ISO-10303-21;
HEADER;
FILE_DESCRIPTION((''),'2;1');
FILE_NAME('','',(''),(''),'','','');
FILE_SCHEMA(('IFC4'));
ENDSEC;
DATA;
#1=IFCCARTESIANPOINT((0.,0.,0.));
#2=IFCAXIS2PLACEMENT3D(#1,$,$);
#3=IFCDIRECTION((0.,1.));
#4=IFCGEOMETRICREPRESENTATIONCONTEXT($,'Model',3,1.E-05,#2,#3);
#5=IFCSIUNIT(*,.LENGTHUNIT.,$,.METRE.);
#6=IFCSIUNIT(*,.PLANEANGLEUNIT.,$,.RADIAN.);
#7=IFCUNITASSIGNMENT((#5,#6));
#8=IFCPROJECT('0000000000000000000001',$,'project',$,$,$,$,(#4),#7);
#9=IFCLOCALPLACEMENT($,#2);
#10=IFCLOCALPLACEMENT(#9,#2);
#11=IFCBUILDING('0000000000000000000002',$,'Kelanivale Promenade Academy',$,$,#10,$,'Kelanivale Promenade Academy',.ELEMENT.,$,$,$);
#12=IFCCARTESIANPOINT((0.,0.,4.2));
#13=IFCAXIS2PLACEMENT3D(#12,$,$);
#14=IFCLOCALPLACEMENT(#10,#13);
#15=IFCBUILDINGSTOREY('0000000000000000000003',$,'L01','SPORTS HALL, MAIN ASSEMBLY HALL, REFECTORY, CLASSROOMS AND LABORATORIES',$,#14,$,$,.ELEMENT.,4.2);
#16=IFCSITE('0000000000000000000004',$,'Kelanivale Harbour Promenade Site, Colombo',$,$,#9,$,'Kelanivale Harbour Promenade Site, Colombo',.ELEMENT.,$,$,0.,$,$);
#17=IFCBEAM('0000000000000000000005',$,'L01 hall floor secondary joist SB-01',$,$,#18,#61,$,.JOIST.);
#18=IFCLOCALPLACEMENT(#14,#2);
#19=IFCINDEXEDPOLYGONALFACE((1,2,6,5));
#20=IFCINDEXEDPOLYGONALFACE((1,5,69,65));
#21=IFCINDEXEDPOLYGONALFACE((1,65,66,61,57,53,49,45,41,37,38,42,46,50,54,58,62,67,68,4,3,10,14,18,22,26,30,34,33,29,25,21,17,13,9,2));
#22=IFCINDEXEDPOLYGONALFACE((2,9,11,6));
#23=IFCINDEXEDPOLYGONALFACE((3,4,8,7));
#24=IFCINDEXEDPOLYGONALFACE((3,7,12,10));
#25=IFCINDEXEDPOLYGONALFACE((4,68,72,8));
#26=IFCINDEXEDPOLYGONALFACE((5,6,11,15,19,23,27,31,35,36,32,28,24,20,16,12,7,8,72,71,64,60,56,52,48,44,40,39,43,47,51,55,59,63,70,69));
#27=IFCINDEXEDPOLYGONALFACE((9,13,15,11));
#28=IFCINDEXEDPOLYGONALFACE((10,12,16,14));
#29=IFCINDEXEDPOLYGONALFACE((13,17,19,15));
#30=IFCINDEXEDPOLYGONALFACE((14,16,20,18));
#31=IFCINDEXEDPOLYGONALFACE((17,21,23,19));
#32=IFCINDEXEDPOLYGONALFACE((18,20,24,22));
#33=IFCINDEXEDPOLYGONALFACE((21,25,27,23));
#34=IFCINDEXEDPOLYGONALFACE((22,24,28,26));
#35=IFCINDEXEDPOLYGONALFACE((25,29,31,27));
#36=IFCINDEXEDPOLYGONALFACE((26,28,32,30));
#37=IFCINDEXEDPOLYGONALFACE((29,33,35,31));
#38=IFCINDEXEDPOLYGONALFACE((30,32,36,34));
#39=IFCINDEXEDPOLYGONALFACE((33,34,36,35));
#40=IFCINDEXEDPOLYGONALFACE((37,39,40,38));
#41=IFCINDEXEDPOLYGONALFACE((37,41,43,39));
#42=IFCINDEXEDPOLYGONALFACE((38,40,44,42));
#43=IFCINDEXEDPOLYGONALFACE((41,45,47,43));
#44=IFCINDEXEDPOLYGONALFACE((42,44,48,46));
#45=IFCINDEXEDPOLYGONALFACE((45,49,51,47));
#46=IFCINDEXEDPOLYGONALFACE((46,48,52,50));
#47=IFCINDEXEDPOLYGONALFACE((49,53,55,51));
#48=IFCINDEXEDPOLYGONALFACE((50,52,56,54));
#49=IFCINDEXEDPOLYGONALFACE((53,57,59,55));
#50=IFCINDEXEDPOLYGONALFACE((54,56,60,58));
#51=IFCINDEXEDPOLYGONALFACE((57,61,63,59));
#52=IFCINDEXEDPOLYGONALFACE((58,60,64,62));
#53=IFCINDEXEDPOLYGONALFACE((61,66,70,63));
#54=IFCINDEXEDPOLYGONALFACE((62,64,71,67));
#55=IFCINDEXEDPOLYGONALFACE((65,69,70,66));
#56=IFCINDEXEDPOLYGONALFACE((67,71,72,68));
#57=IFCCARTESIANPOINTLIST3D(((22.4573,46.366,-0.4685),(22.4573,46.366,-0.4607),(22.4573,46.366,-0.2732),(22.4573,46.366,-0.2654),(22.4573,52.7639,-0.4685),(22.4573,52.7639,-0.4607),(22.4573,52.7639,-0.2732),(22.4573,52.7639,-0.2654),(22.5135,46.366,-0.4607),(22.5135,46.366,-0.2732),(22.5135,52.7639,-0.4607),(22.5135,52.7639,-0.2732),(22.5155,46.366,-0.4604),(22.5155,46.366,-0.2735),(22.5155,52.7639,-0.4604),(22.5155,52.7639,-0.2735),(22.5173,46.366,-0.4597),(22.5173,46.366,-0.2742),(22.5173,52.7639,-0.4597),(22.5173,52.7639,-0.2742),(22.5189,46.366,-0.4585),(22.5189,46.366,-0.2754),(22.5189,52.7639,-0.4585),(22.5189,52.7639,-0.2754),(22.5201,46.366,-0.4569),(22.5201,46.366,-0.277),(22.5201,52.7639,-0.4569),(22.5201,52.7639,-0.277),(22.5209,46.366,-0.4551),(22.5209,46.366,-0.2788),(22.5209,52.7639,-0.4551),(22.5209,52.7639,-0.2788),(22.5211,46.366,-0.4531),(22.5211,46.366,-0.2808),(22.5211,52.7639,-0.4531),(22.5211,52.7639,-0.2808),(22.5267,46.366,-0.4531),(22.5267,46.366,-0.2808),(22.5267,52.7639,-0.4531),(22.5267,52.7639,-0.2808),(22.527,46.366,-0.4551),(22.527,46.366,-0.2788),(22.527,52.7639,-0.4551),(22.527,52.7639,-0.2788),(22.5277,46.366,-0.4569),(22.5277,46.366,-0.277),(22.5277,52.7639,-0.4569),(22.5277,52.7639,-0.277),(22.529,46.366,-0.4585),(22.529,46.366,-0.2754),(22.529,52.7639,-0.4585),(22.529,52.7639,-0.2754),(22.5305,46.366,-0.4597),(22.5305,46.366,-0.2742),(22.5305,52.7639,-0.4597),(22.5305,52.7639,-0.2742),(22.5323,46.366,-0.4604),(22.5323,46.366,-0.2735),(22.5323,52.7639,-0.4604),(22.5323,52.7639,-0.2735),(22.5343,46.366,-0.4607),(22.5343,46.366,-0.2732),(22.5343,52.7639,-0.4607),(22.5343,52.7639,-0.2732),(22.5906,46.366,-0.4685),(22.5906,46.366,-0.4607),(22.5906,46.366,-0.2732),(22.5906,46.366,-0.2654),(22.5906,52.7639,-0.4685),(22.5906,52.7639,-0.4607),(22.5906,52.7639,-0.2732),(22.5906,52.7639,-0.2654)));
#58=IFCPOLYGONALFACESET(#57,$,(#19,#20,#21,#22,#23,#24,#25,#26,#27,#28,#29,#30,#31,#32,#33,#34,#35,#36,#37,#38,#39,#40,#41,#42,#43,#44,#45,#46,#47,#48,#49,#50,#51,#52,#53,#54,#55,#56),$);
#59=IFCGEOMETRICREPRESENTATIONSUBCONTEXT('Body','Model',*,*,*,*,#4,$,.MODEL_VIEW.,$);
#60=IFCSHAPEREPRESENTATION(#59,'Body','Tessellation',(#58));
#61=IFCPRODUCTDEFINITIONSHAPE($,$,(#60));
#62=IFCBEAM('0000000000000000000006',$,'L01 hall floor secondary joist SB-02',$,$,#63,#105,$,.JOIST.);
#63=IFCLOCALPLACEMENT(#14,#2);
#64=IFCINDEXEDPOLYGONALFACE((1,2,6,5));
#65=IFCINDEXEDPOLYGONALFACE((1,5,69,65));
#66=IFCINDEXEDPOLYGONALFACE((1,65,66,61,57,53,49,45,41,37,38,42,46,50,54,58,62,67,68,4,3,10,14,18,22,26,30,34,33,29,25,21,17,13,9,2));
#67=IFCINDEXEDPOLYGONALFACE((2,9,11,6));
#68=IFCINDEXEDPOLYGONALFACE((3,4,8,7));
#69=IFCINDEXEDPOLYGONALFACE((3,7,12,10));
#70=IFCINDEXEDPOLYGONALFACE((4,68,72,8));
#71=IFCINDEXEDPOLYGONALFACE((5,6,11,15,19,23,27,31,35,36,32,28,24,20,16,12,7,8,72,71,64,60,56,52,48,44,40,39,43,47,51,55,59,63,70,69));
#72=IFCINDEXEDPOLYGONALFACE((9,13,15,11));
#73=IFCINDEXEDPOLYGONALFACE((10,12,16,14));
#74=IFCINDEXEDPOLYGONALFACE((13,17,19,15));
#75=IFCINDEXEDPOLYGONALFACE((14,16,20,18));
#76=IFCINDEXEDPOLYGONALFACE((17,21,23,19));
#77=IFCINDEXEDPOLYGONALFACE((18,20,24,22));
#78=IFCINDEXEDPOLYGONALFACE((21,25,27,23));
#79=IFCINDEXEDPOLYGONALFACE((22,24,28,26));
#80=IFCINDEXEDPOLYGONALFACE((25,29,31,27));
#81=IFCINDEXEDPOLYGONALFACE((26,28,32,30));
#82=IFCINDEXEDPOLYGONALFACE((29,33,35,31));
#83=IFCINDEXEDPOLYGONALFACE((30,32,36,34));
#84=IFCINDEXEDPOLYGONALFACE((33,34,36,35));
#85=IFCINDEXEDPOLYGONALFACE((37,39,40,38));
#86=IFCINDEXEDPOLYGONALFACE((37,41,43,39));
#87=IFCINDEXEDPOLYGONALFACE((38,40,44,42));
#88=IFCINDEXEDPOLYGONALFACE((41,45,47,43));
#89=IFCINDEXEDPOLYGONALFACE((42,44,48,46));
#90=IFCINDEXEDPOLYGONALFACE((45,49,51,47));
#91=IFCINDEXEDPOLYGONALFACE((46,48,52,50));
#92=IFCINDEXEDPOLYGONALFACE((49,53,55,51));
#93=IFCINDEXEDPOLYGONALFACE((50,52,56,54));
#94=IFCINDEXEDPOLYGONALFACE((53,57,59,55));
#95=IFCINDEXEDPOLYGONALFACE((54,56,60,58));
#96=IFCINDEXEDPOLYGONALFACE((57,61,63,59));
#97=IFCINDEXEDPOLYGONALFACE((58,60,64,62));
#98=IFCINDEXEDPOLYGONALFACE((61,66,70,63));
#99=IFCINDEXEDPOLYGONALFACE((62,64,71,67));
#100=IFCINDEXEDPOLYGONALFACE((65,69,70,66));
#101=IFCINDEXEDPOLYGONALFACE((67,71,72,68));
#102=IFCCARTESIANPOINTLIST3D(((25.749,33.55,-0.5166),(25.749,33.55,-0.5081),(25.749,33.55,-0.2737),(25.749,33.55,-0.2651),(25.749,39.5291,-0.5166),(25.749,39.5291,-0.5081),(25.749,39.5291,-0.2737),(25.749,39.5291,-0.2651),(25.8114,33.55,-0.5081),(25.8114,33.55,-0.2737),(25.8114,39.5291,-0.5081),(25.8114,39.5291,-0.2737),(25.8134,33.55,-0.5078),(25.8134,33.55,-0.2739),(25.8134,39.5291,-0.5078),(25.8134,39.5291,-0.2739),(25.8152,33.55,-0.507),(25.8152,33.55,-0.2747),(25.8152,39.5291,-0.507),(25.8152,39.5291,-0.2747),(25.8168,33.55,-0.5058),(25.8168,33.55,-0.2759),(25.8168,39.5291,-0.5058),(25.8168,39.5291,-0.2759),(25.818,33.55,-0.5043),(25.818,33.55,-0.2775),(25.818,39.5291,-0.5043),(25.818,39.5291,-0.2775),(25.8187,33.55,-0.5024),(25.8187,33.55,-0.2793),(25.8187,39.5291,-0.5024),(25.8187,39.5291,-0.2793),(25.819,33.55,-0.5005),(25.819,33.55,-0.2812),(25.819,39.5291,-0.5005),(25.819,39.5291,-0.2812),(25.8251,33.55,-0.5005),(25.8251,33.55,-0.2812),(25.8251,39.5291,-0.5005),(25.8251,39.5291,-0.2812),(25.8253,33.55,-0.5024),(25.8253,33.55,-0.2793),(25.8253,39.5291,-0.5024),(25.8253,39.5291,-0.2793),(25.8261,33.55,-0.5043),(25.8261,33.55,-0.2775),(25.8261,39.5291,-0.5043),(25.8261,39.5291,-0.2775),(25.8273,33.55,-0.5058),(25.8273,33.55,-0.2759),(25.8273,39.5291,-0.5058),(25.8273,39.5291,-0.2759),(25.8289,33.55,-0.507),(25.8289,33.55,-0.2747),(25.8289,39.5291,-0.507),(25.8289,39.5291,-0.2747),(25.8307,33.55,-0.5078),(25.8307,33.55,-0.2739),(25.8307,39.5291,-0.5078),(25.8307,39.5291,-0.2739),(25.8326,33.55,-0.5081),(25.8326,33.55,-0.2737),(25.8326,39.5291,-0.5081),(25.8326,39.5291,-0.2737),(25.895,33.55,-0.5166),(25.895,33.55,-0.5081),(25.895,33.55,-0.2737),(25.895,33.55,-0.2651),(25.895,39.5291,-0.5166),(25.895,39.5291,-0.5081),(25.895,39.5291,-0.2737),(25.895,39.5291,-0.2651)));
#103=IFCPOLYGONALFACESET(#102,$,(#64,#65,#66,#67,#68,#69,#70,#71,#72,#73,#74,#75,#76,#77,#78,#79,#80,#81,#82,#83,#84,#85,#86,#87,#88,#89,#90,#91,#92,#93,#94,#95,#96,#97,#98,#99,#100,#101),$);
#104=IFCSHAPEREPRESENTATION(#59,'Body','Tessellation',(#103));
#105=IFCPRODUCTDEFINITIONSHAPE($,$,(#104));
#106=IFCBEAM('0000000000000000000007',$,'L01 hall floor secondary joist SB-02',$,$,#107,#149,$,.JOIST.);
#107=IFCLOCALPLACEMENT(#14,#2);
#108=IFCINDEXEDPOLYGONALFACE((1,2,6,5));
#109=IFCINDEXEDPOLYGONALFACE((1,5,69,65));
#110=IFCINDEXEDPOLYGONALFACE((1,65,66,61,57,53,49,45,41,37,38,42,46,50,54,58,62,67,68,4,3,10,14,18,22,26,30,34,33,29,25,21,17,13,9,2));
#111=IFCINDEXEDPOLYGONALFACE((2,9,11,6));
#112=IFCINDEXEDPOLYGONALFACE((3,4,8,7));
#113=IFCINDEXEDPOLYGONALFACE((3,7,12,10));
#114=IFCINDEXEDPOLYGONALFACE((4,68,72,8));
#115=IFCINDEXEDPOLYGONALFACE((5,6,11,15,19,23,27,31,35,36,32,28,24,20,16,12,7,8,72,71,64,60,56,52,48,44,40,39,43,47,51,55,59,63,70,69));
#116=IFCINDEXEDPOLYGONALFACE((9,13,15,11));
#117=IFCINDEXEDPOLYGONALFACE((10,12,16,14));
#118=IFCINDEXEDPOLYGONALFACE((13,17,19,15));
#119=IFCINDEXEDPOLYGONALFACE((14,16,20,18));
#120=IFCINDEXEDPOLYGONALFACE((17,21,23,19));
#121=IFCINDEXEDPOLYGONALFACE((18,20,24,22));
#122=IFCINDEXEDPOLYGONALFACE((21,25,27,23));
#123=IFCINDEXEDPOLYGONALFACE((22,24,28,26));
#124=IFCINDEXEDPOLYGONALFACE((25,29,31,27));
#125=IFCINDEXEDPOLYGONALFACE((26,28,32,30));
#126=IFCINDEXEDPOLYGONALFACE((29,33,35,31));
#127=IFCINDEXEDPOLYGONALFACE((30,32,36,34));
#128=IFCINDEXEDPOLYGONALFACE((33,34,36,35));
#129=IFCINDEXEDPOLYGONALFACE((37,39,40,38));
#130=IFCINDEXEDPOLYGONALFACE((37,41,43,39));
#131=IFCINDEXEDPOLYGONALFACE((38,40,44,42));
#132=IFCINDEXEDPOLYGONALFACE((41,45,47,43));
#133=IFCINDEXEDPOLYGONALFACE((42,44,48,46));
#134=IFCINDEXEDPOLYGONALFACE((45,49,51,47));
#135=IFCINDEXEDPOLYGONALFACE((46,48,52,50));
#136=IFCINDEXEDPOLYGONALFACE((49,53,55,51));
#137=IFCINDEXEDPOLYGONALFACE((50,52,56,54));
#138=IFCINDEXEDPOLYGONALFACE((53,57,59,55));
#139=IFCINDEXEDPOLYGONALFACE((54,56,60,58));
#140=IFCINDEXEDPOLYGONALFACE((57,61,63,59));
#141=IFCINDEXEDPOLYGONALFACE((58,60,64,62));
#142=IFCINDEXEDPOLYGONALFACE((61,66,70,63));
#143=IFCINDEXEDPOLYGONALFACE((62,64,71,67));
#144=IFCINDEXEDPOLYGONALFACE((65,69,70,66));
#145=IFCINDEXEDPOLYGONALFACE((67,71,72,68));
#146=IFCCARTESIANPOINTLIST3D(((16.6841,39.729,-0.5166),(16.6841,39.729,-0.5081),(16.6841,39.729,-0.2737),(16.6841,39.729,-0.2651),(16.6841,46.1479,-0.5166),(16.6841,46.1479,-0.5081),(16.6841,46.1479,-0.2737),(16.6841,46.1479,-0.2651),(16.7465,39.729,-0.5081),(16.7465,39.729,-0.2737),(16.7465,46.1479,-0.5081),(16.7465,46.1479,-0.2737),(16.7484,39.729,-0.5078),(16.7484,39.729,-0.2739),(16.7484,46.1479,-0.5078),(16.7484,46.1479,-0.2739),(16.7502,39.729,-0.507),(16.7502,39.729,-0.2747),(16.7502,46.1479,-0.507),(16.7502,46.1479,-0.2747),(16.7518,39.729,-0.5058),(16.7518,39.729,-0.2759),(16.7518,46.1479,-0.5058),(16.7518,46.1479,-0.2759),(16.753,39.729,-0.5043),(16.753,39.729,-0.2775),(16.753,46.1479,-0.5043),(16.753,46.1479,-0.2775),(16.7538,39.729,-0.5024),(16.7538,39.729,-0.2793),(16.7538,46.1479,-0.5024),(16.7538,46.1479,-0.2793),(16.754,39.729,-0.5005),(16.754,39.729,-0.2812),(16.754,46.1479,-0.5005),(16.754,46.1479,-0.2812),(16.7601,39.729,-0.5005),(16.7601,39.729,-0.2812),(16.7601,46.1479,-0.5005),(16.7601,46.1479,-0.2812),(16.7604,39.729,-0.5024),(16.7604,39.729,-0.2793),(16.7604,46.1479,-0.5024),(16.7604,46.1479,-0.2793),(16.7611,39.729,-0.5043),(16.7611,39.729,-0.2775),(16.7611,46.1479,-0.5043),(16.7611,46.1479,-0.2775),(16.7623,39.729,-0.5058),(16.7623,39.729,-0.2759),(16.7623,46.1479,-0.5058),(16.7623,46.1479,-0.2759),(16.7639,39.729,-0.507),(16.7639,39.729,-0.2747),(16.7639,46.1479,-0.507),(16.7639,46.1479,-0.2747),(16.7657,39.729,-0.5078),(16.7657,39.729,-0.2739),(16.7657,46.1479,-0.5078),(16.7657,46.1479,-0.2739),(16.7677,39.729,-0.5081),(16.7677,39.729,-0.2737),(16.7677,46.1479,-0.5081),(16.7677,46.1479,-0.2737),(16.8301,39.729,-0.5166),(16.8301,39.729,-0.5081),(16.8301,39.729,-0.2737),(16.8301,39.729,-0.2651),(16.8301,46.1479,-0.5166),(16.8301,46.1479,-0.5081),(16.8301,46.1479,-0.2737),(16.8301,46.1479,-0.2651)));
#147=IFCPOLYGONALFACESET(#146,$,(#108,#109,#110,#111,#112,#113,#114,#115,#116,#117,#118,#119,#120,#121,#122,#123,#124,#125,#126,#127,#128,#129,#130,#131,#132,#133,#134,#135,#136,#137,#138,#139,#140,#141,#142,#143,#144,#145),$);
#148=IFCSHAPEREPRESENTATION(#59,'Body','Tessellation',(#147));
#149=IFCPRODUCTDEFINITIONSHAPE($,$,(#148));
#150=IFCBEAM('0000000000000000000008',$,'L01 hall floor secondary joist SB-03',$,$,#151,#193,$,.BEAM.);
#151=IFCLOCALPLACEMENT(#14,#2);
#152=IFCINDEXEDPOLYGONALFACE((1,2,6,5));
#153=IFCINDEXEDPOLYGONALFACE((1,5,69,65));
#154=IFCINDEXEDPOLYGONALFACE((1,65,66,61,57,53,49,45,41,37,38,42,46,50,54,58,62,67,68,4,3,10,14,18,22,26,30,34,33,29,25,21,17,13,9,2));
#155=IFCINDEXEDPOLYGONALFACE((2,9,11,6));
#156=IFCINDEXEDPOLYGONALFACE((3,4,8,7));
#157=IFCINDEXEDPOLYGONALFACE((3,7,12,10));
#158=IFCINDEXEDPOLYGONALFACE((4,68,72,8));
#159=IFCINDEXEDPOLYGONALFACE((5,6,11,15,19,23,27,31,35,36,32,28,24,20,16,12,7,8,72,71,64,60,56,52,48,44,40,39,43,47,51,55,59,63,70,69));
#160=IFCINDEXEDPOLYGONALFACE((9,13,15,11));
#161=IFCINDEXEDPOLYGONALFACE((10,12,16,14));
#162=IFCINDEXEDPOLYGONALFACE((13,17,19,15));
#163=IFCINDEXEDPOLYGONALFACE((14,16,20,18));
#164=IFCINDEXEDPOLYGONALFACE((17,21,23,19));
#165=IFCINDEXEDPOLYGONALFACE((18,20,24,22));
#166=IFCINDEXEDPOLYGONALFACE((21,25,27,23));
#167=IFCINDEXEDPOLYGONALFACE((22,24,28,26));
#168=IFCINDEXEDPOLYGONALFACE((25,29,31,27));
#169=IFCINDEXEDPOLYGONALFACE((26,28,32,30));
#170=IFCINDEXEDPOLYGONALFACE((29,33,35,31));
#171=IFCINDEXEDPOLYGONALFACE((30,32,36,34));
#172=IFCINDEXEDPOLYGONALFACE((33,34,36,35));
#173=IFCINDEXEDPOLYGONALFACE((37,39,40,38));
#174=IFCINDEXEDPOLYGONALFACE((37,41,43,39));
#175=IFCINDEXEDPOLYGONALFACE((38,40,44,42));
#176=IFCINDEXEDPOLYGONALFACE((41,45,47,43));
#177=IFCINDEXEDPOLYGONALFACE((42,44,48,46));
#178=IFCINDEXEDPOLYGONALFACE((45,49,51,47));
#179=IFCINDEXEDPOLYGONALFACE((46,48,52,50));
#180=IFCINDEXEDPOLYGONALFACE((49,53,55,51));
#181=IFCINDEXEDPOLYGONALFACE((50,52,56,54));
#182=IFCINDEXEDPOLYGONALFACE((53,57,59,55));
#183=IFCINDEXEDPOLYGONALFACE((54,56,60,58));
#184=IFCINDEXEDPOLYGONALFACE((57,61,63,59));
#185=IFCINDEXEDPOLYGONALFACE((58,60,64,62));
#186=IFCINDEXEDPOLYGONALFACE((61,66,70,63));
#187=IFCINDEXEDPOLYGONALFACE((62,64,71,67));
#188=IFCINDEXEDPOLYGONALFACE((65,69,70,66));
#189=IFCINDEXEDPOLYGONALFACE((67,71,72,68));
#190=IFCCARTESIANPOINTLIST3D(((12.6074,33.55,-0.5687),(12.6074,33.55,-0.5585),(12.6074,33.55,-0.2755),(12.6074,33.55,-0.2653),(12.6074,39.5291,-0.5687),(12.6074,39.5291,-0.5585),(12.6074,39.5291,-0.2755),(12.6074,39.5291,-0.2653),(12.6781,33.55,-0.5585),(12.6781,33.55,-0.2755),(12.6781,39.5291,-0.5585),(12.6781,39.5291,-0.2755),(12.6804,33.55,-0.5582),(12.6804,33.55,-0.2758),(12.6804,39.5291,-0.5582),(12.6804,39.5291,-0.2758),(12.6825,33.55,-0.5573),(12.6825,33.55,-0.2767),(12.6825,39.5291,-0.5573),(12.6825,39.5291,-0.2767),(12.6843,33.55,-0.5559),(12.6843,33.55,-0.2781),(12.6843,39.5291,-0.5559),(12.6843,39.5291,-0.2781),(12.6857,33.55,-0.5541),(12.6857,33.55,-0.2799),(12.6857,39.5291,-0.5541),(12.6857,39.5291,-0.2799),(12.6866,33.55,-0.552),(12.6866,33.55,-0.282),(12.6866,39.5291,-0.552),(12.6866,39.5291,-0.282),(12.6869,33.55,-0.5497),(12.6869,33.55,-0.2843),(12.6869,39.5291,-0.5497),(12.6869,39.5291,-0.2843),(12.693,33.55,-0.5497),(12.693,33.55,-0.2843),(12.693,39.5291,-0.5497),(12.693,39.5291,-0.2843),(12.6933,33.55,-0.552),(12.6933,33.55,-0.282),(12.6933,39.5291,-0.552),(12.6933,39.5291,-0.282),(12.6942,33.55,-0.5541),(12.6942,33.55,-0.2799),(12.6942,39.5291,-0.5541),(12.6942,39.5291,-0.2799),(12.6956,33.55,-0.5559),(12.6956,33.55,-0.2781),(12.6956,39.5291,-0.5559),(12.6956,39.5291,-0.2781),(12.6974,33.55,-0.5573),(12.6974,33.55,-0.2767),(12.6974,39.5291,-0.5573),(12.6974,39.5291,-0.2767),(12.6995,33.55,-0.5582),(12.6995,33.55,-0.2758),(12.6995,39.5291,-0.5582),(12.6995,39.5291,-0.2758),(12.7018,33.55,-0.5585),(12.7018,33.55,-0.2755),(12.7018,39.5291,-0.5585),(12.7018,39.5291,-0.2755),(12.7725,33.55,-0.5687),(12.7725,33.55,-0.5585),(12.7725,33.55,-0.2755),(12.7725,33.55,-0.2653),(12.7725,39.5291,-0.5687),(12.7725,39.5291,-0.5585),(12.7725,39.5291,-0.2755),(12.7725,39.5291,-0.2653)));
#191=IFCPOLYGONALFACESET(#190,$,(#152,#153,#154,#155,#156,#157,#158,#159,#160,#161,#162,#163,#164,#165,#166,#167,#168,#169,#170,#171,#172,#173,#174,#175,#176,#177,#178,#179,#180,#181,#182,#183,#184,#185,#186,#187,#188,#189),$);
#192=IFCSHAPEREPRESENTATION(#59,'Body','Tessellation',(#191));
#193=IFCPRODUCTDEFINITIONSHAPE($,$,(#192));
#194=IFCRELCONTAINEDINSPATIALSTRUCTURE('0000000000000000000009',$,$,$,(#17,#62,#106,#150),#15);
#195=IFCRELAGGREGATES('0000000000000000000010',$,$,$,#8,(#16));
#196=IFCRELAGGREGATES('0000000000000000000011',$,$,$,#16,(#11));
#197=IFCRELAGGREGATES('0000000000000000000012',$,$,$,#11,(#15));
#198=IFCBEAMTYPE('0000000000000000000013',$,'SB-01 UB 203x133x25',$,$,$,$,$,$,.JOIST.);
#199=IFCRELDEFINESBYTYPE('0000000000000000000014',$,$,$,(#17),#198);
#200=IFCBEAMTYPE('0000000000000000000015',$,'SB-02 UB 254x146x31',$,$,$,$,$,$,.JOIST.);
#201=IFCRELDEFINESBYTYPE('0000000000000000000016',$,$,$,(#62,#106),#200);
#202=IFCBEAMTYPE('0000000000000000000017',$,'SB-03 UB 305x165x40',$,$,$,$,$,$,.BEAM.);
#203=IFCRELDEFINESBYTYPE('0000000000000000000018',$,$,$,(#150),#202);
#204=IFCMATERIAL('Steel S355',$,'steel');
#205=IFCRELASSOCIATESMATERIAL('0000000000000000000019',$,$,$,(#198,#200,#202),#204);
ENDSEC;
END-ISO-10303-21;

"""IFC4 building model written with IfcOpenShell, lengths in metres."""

from ifc_helpers import new_model, si_unit, direction, frame, origin, origin_2d, place, context, subcontext, project, spatial, i_section, extrude, material, material_profile, profile_set, type_object, element, save


model = new_model("IFC4")

# Units and contexts
model_context = context("Model", 3, precision=1e-05, world=origin(), true_north=direction((0.0, 1.0)))
body_context = subcontext(model_context, "Body", "Model", "MODEL_VIEW")
ifc_project = project(units=[si_unit("LENGTHUNIT", "METRE"), si_unit("PLANEANGLEUNIT", "RADIAN")], contexts=[model_context])

# Site, building, storey
site_placement = place(None, origin())
site = spatial("IfcSite", under=ifc_project, at=site_placement, Name="Kelanivale Harbour Promenade Site, Colombo", LongName="Kelanivale Harbour Promenade Site, Colombo", CompositionType="ELEMENT", RefElevation=0.0)
building_placement = place(site_placement, origin())
building = spatial("IfcBuilding", under=site, at=building_placement, Name="Kelanivale Promenade Academy", LongName="Kelanivale Promenade Academy", CompositionType="ELEMENT")
storey_placement = place(building_placement, frame((0.0, 0.0, 4.2)))
storey = spatial("IfcBuildingStorey", under=building, at=storey_placement, Name="L01", Description="SPORTS HALL, MAIN ASSEMBLY HALL, REFECTORY, CLASSROOMS AND LABORATORIES", CompositionType="ELEMENT", Elevation=4.2)

# Shared definitions
ifc_material_1 = material(Name="Steel S355", Category="steel")

# Beams
ifc_material_profile_1 = material_profile(ifc_material_1, i_section(OverallWidth=0.1333, OverallDepth=0.2031, WebThickness=0.0056, FlangeThickness=0.0078, FilletRadius=0.0076, at=origin_2d()), Name="UB 203x133x25")
ifc_profile_set_1 = profile_set([ifc_material_profile_1], Name="Steel S355")
beam_type_1 = type_object("IfcBeamType", Name="SB-01 UB 203x133x25", PredefinedType="JOIST", material=ifc_profile_set_1)
beam_1_placement = place(storey_placement, frame((22.5239, 46.366, -0.3669), z_axis=(0.0, 1.0, 0.0), x_axis=(-1.0, 0.0, 0.0)))
element("IfcBeam", 1, at=beam_1_placement, inside=storey, type_object=beam_type_1, Name="L01 hall floor secondary joist SB-01", PredefinedType="JOIST", context=body_context, shape_type="SweptSolid", body=[
    extrude(i_section(OverallWidth=0.1333, OverallDepth=0.2031, WebThickness=0.0056, FlangeThickness=0.0078, FilletRadius=0.0076, at=origin_2d()), origin(), (0.0, 0.0, 1.0), 6.3979),
])
ifc_material_profile_2 = material_profile(ifc_material_1, i_section(OverallWidth=0.146, OverallDepth=0.2515, WebThickness=0.0061, FlangeThickness=0.0085, FilletRadius=0.0076, at=origin_2d()), Name="UB 254x146x31")
ifc_profile_set_2 = profile_set([ifc_material_profile_2], Name="Steel S355")
beam_type_2 = type_object("IfcBeamType", Name="SB-02 UB 254x146x31", PredefinedType="JOIST", material=ifc_profile_set_2)
beam_2_placement = place(storey_placement, frame((25.822, 33.55, -0.3909), z_axis=(0.0, 1.0, 0.0), x_axis=(-1.0, 0.0, 0.0)))
element("IfcBeam", 2, at=beam_2_placement, inside=storey, type_object=beam_type_2, Name="L01 hall floor secondary joist SB-02", PredefinedType="JOIST", context=body_context, shape_type="SweptSolid", body=[
    extrude(i_section(OverallWidth=0.146, OverallDepth=0.2515, WebThickness=0.0061, FlangeThickness=0.0085, FilletRadius=0.0076, at=origin_2d()), origin(), (0.0, 0.0, 1.0), 5.979),
])
beam_3_placement = place(storey_placement, frame((16.7571, 39.729, -0.3909), z_axis=(0.0, 1.0, 0.0), x_axis=(-1.0, 0.0, 0.0)))
element("IfcBeam", 3, at=beam_3_placement, inside=storey, type_object=beam_type_2, Name="L01 hall floor secondary joist SB-02", PredefinedType="JOIST", context=body_context, shape_type="SweptSolid", body=[
    extrude(i_section(OverallWidth=0.146, OverallDepth=0.2515, WebThickness=0.0061, FlangeThickness=0.0085, FilletRadius=0.0076, at=origin_2d()), origin(), (0.0, 0.0, 1.0), 6.4189),
])
ifc_material_profile_3 = material_profile(ifc_material_1, i_section(OverallWidth=0.165, OverallDepth=0.3035, WebThickness=0.0061, FlangeThickness=0.0103, FilletRadius=0.0088, at=origin_2d()), Name="UB 305x165x40")
ifc_profile_set_3 = profile_set([ifc_material_profile_3], Name="Steel S355")
beam_type_3 = type_object("IfcBeamType", Name="SB-03 UB 305x165x40", PredefinedType="BEAM", material=ifc_profile_set_3)
beam_4_placement = place(storey_placement, frame((12.6899, 33.55, -0.417), z_axis=(0.0, 1.0, 0.0), x_axis=(-1.0, 0.0, 0.0)))
element("IfcBeam", 4, at=beam_4_placement, inside=storey, type_object=beam_type_3, Name="L01 hall floor secondary joist SB-03", PredefinedType="BEAM", context=body_context, shape_type="SweptSolid", body=[
    extrude(i_section(OverallWidth=0.165, OverallDepth=0.3035, WebThickness=0.0061, FlangeThickness=0.0103, FilletRadius=0.0088, at=origin_2d()), origin(), (0.0, 0.0, 1.0), 5.979),
])

save(model, "model.ifc")
